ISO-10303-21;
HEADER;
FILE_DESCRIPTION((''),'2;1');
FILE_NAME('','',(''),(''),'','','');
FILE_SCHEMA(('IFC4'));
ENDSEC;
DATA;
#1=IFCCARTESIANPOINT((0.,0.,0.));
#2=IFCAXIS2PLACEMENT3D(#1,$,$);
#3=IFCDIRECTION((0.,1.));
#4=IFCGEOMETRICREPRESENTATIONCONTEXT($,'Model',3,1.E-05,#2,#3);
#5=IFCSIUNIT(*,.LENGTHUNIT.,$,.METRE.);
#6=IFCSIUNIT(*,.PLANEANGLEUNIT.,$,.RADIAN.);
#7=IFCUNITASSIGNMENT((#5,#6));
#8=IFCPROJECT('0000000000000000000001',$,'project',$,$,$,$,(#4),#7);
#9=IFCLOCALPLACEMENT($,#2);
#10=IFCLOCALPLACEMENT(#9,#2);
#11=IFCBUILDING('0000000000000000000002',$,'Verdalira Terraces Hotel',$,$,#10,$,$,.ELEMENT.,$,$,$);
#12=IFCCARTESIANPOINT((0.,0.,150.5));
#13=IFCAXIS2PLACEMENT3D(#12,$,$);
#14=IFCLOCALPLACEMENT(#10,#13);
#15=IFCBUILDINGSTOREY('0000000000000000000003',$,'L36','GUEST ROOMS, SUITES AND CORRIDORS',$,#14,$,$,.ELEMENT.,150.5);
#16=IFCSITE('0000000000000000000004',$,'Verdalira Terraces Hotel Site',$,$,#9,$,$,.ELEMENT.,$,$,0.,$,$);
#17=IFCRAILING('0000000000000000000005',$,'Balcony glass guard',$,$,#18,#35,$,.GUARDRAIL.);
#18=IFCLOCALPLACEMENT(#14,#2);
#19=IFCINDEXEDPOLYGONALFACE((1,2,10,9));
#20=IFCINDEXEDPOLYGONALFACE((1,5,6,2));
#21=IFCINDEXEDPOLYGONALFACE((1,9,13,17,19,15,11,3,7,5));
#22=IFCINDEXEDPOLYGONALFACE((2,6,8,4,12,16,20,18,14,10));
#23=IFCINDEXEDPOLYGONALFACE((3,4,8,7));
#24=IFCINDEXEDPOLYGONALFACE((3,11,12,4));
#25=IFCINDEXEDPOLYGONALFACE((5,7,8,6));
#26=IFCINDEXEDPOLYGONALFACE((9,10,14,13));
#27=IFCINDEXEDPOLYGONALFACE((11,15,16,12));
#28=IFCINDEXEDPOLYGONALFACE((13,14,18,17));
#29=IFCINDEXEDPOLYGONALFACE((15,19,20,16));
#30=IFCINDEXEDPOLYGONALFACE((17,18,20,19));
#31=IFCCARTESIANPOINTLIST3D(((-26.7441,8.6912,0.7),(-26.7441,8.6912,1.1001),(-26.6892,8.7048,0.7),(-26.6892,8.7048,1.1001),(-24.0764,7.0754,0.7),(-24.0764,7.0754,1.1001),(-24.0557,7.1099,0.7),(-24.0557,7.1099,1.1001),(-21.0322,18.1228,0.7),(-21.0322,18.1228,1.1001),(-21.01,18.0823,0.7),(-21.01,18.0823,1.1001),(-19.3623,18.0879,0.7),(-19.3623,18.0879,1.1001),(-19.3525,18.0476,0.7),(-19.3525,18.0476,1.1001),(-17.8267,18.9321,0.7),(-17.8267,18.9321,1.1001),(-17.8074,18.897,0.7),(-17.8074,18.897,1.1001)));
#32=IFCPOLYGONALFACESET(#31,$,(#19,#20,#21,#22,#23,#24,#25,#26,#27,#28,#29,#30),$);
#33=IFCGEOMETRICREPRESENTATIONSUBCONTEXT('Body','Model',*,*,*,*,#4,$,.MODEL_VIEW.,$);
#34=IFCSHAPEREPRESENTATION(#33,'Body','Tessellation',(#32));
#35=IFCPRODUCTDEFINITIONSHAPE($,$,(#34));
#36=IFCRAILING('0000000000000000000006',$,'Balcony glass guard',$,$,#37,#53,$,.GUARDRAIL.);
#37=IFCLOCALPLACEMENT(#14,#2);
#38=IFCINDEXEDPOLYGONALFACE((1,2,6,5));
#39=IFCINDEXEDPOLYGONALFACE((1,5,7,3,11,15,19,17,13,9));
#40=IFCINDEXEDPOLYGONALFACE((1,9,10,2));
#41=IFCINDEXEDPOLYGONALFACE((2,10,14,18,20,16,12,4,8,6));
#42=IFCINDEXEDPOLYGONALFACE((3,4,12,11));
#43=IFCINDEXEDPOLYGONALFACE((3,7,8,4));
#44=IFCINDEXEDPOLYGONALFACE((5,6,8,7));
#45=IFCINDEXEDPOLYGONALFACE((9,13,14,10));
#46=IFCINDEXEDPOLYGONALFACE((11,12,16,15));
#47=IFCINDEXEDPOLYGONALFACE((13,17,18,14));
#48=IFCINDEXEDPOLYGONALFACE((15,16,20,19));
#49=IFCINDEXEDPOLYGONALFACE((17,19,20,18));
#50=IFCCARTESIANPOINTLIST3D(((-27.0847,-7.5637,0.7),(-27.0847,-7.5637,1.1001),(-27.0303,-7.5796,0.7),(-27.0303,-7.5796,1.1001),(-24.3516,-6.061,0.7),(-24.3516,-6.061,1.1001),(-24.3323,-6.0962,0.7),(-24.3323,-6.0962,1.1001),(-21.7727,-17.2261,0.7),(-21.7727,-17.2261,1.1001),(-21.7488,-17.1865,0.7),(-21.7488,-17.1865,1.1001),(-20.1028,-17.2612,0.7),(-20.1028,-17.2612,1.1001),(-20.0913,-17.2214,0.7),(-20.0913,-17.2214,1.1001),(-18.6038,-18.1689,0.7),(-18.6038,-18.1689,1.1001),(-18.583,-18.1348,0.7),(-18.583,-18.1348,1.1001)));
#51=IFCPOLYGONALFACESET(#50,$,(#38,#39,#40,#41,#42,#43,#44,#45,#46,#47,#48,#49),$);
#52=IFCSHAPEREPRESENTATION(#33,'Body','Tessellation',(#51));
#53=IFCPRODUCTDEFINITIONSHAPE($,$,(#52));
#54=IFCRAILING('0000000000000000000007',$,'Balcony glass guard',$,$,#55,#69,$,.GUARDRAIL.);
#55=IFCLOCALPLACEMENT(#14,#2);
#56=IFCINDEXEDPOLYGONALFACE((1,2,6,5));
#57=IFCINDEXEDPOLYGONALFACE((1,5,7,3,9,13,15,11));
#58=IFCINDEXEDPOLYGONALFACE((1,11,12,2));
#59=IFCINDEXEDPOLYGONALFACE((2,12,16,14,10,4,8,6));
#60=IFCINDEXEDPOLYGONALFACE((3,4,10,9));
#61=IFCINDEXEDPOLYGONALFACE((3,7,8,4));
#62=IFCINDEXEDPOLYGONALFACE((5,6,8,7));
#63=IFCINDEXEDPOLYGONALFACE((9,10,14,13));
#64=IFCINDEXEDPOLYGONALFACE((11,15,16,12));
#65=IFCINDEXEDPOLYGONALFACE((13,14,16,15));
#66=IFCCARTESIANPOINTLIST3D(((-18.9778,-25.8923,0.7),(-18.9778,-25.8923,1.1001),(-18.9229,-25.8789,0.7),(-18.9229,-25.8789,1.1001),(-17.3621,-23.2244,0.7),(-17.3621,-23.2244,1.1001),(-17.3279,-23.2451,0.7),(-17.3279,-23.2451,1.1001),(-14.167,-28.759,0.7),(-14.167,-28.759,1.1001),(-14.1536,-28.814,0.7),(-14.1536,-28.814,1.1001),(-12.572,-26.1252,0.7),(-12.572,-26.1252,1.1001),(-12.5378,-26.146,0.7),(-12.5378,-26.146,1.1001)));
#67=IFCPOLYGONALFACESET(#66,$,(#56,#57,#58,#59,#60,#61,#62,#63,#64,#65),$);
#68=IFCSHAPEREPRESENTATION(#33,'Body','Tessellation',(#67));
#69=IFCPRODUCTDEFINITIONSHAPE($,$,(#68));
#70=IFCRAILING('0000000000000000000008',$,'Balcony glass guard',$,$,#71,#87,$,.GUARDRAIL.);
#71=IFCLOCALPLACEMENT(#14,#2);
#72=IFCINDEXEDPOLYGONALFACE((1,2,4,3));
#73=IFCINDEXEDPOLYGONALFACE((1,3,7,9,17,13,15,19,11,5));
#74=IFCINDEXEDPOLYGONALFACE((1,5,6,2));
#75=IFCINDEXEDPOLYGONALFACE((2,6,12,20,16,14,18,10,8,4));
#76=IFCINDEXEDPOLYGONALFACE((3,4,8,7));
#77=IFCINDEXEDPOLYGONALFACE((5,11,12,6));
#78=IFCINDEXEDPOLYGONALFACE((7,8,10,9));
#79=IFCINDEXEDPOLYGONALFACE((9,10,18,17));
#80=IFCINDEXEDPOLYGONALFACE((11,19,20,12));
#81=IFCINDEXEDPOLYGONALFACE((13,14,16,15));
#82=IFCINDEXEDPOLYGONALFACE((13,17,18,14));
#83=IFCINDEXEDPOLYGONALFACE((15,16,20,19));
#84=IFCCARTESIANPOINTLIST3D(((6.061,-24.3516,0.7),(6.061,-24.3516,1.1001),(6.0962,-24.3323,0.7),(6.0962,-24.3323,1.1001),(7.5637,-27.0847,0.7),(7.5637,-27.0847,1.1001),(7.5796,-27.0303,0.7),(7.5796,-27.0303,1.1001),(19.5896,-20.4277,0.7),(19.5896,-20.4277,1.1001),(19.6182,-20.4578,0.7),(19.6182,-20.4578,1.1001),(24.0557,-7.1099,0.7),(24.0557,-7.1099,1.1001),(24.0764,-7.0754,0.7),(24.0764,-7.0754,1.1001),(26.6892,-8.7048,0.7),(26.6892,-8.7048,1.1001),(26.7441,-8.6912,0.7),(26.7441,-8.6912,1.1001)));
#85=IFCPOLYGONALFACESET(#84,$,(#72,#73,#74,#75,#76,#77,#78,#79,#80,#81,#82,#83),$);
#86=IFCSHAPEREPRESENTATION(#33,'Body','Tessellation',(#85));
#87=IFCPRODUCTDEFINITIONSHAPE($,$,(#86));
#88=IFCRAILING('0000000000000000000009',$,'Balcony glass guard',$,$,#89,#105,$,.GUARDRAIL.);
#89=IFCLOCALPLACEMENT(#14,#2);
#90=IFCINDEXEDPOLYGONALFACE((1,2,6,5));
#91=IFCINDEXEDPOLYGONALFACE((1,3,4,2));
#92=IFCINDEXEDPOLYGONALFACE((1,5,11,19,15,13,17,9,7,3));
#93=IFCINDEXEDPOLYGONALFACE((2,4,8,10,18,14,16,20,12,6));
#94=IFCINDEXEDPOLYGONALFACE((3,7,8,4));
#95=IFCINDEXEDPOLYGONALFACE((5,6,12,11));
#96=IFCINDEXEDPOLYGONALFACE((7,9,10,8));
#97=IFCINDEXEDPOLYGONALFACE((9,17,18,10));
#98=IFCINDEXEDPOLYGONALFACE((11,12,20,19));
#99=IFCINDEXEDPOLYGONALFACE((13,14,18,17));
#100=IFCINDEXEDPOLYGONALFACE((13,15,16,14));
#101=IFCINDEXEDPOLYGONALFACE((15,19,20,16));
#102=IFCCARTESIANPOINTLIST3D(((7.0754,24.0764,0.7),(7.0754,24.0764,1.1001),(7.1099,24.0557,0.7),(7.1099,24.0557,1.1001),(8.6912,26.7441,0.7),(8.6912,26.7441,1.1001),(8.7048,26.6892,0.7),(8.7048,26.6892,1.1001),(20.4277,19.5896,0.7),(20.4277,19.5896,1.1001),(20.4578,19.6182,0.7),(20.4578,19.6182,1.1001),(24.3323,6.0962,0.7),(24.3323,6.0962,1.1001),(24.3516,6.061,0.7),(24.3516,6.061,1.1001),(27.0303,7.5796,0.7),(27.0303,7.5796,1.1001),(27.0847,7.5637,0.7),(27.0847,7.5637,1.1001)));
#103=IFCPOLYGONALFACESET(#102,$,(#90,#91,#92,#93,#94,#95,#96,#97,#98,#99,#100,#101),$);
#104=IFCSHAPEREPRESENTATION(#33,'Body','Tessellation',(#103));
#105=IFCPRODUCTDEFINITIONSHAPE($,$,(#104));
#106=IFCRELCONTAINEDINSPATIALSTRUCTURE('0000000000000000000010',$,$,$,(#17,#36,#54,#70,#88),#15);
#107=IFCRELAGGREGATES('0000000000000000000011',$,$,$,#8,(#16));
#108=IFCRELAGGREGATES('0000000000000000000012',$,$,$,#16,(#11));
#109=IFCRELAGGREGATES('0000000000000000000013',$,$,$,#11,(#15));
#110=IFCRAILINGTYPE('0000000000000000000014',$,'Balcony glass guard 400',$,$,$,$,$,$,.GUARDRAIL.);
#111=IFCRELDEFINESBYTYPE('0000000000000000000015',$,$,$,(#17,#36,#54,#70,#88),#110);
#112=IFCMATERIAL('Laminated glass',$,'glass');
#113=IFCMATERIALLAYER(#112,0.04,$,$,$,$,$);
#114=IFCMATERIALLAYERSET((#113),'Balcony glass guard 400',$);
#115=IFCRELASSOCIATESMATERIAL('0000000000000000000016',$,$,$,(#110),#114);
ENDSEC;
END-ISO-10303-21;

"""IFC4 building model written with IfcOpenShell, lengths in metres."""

from ifc_helpers import new_model, si_unit, direction, frame, origin, place, context, subcontext, project, spatial, polyline, outline, extrude, material, layer, layer_set, type_object, element, save


model = new_model("IFC4")

# Units and contexts
model_context = context("Model", 3, precision=1e-05, world=origin(), true_north=direction((0.0, 1.0)))
body_context = subcontext(model_context, "Body", "Model", "MODEL_VIEW")
ifc_project = project(units=[si_unit("LENGTHUNIT", "METRE"), si_unit("PLANEANGLEUNIT", "RADIAN")], contexts=[model_context])

# Site, building, storey
site_placement = place(None, origin())
site = spatial("IfcSite", under=ifc_project, at=site_placement, Name="Verdalira Terraces Hotel Site", CompositionType="ELEMENT", RefElevation=0.0)
building_placement = place(site_placement, origin())
building = spatial("IfcBuilding", under=site, at=building_placement, Name="Verdalira Terraces Hotel", CompositionType="ELEMENT")
storey_placement = place(building_placement, frame((0.0, 0.0, 150.5)))
storey = spatial("IfcBuildingStorey", under=building, at=storey_placement, Name="L36", Description="GUEST ROOMS, SUITES AND CORRIDORS", CompositionType="ELEMENT", Elevation=150.5)

# Railings
ifc_material_1 = material(Name="Laminated glass", Category="glass")
ifc_layer_1 = layer(ifc_material_1, 0.04)
ifc_layer_set_1 = layer_set([ifc_layer_1], Name="Balcony glass guard 400")
railing_type_1 = type_object("IfcRailingType", Name="Balcony glass guard 400", PredefinedType="GUARDRAIL", material=ifc_layer_set_1)
railing_1_placement = place(storey_placement, frame((0.0, 0.0, 0.7)))
element("IfcRailing", 1, at=railing_1_placement, inside=storey, type_object=railing_type_1, Name="Balcony glass guard", PredefinedType="GUARDRAIL", context=body_context, shape_type="SweptSolid", body=[
    extrude(outline(polyline([(-19.3525, 18.0476), (-21.01, 18.0823), (-26.6892, 8.7048), (-24.0557, 7.1099), (-24.0764, 7.0754), (-26.7441, 8.6912), (-21.0322, 18.1228), (-19.3623, 18.0879), (-17.8267, 18.9321), (-17.8074, 18.897), (-19.3525, 18.0476)])), origin(), (0.0, 0.0, 1.0), 0.4001),
])
railing_2_placement = place(storey_placement, frame((0.0, 0.0, 0.7)))
element("IfcRailing", 2, at=railing_2_placement, inside=storey, type_object=railing_type_1, Name="Balcony glass guard", PredefinedType="GUARDRAIL", context=body_context, shape_type="SweptSolid", body=[
    extrude(outline(polyline([(-27.0303, -7.5796), (-21.7488, -17.1865), (-20.0913, -17.2214), (-18.583, -18.1348), (-18.6038, -18.1689), (-20.1028, -17.2612), (-21.7727, -17.2261), (-27.0847, -7.5637), (-24.3516, -6.061), (-24.3323, -6.0962), (-27.0303, -7.5796)])), origin(), (0.0, 0.0, 1.0), 0.4001),
])
railing_3_placement = place(storey_placement, frame((0.0, 0.0, 0.7)))
element("IfcRailing", 3, at=railing_3_placement, inside=storey, type_object=railing_type_1, Name="Balcony glass guard", PredefinedType="GUARDRAIL", context=body_context, shape_type="SweptSolid", body=[
    extrude(outline(polyline([(-18.9229, -25.8789), (-14.167, -28.759), (-12.572, -26.1252), (-12.5378, -26.146), (-14.1536, -28.814), (-18.9778, -25.8923), (-17.3621, -23.2244), (-17.3279, -23.2451), (-18.9229, -25.8789)])), origin(), (0.0, 0.0, 1.0), 0.4001),
])
railing_4_placement = place(storey_placement, frame((0.0, 0.0, 0.7)))
element("IfcRailing", 4, at=railing_4_placement, inside=storey, type_object=railing_type_1, Name="Balcony glass guard", PredefinedType="GUARDRAIL", context=body_context, shape_type="SweptSolid", body=[
    extrude(outline(polyline([(7.5796, -27.0303), (19.5896, -20.4277), (26.6892, -8.7048), (24.0557, -7.1099), (24.0764, -7.0754), (26.7441, -8.6912), (19.6182, -20.4578), (7.5637, -27.0847), (6.061, -24.3516), (6.0962, -24.3323), (7.5796, -27.0303)])), origin(), (0.0, 0.0, 1.0), 0.4001),
])
railing_5_placement = place(storey_placement, frame((0.0, 0.0, 0.7)))
element("IfcRailing", 5, at=railing_5_placement, inside=storey, type_object=railing_type_1, Name="Balcony glass guard", PredefinedType="GUARDRAIL", context=body_context, shape_type="SweptSolid", body=[
    extrude(outline(polyline([(27.0303, 7.5796), (20.4277, 19.5896), (8.7048, 26.6892), (7.1099, 24.0557), (7.0754, 24.0764), (8.6912, 26.7441), (20.4578, 19.6182), (27.0847, 7.5637), (24.3516, 6.061), (24.3323, 6.0962), (27.0303, 7.5796)])), origin(), (0.0, 0.0, 1.0), 0.4001),
])

save(model, "model.ifc")
